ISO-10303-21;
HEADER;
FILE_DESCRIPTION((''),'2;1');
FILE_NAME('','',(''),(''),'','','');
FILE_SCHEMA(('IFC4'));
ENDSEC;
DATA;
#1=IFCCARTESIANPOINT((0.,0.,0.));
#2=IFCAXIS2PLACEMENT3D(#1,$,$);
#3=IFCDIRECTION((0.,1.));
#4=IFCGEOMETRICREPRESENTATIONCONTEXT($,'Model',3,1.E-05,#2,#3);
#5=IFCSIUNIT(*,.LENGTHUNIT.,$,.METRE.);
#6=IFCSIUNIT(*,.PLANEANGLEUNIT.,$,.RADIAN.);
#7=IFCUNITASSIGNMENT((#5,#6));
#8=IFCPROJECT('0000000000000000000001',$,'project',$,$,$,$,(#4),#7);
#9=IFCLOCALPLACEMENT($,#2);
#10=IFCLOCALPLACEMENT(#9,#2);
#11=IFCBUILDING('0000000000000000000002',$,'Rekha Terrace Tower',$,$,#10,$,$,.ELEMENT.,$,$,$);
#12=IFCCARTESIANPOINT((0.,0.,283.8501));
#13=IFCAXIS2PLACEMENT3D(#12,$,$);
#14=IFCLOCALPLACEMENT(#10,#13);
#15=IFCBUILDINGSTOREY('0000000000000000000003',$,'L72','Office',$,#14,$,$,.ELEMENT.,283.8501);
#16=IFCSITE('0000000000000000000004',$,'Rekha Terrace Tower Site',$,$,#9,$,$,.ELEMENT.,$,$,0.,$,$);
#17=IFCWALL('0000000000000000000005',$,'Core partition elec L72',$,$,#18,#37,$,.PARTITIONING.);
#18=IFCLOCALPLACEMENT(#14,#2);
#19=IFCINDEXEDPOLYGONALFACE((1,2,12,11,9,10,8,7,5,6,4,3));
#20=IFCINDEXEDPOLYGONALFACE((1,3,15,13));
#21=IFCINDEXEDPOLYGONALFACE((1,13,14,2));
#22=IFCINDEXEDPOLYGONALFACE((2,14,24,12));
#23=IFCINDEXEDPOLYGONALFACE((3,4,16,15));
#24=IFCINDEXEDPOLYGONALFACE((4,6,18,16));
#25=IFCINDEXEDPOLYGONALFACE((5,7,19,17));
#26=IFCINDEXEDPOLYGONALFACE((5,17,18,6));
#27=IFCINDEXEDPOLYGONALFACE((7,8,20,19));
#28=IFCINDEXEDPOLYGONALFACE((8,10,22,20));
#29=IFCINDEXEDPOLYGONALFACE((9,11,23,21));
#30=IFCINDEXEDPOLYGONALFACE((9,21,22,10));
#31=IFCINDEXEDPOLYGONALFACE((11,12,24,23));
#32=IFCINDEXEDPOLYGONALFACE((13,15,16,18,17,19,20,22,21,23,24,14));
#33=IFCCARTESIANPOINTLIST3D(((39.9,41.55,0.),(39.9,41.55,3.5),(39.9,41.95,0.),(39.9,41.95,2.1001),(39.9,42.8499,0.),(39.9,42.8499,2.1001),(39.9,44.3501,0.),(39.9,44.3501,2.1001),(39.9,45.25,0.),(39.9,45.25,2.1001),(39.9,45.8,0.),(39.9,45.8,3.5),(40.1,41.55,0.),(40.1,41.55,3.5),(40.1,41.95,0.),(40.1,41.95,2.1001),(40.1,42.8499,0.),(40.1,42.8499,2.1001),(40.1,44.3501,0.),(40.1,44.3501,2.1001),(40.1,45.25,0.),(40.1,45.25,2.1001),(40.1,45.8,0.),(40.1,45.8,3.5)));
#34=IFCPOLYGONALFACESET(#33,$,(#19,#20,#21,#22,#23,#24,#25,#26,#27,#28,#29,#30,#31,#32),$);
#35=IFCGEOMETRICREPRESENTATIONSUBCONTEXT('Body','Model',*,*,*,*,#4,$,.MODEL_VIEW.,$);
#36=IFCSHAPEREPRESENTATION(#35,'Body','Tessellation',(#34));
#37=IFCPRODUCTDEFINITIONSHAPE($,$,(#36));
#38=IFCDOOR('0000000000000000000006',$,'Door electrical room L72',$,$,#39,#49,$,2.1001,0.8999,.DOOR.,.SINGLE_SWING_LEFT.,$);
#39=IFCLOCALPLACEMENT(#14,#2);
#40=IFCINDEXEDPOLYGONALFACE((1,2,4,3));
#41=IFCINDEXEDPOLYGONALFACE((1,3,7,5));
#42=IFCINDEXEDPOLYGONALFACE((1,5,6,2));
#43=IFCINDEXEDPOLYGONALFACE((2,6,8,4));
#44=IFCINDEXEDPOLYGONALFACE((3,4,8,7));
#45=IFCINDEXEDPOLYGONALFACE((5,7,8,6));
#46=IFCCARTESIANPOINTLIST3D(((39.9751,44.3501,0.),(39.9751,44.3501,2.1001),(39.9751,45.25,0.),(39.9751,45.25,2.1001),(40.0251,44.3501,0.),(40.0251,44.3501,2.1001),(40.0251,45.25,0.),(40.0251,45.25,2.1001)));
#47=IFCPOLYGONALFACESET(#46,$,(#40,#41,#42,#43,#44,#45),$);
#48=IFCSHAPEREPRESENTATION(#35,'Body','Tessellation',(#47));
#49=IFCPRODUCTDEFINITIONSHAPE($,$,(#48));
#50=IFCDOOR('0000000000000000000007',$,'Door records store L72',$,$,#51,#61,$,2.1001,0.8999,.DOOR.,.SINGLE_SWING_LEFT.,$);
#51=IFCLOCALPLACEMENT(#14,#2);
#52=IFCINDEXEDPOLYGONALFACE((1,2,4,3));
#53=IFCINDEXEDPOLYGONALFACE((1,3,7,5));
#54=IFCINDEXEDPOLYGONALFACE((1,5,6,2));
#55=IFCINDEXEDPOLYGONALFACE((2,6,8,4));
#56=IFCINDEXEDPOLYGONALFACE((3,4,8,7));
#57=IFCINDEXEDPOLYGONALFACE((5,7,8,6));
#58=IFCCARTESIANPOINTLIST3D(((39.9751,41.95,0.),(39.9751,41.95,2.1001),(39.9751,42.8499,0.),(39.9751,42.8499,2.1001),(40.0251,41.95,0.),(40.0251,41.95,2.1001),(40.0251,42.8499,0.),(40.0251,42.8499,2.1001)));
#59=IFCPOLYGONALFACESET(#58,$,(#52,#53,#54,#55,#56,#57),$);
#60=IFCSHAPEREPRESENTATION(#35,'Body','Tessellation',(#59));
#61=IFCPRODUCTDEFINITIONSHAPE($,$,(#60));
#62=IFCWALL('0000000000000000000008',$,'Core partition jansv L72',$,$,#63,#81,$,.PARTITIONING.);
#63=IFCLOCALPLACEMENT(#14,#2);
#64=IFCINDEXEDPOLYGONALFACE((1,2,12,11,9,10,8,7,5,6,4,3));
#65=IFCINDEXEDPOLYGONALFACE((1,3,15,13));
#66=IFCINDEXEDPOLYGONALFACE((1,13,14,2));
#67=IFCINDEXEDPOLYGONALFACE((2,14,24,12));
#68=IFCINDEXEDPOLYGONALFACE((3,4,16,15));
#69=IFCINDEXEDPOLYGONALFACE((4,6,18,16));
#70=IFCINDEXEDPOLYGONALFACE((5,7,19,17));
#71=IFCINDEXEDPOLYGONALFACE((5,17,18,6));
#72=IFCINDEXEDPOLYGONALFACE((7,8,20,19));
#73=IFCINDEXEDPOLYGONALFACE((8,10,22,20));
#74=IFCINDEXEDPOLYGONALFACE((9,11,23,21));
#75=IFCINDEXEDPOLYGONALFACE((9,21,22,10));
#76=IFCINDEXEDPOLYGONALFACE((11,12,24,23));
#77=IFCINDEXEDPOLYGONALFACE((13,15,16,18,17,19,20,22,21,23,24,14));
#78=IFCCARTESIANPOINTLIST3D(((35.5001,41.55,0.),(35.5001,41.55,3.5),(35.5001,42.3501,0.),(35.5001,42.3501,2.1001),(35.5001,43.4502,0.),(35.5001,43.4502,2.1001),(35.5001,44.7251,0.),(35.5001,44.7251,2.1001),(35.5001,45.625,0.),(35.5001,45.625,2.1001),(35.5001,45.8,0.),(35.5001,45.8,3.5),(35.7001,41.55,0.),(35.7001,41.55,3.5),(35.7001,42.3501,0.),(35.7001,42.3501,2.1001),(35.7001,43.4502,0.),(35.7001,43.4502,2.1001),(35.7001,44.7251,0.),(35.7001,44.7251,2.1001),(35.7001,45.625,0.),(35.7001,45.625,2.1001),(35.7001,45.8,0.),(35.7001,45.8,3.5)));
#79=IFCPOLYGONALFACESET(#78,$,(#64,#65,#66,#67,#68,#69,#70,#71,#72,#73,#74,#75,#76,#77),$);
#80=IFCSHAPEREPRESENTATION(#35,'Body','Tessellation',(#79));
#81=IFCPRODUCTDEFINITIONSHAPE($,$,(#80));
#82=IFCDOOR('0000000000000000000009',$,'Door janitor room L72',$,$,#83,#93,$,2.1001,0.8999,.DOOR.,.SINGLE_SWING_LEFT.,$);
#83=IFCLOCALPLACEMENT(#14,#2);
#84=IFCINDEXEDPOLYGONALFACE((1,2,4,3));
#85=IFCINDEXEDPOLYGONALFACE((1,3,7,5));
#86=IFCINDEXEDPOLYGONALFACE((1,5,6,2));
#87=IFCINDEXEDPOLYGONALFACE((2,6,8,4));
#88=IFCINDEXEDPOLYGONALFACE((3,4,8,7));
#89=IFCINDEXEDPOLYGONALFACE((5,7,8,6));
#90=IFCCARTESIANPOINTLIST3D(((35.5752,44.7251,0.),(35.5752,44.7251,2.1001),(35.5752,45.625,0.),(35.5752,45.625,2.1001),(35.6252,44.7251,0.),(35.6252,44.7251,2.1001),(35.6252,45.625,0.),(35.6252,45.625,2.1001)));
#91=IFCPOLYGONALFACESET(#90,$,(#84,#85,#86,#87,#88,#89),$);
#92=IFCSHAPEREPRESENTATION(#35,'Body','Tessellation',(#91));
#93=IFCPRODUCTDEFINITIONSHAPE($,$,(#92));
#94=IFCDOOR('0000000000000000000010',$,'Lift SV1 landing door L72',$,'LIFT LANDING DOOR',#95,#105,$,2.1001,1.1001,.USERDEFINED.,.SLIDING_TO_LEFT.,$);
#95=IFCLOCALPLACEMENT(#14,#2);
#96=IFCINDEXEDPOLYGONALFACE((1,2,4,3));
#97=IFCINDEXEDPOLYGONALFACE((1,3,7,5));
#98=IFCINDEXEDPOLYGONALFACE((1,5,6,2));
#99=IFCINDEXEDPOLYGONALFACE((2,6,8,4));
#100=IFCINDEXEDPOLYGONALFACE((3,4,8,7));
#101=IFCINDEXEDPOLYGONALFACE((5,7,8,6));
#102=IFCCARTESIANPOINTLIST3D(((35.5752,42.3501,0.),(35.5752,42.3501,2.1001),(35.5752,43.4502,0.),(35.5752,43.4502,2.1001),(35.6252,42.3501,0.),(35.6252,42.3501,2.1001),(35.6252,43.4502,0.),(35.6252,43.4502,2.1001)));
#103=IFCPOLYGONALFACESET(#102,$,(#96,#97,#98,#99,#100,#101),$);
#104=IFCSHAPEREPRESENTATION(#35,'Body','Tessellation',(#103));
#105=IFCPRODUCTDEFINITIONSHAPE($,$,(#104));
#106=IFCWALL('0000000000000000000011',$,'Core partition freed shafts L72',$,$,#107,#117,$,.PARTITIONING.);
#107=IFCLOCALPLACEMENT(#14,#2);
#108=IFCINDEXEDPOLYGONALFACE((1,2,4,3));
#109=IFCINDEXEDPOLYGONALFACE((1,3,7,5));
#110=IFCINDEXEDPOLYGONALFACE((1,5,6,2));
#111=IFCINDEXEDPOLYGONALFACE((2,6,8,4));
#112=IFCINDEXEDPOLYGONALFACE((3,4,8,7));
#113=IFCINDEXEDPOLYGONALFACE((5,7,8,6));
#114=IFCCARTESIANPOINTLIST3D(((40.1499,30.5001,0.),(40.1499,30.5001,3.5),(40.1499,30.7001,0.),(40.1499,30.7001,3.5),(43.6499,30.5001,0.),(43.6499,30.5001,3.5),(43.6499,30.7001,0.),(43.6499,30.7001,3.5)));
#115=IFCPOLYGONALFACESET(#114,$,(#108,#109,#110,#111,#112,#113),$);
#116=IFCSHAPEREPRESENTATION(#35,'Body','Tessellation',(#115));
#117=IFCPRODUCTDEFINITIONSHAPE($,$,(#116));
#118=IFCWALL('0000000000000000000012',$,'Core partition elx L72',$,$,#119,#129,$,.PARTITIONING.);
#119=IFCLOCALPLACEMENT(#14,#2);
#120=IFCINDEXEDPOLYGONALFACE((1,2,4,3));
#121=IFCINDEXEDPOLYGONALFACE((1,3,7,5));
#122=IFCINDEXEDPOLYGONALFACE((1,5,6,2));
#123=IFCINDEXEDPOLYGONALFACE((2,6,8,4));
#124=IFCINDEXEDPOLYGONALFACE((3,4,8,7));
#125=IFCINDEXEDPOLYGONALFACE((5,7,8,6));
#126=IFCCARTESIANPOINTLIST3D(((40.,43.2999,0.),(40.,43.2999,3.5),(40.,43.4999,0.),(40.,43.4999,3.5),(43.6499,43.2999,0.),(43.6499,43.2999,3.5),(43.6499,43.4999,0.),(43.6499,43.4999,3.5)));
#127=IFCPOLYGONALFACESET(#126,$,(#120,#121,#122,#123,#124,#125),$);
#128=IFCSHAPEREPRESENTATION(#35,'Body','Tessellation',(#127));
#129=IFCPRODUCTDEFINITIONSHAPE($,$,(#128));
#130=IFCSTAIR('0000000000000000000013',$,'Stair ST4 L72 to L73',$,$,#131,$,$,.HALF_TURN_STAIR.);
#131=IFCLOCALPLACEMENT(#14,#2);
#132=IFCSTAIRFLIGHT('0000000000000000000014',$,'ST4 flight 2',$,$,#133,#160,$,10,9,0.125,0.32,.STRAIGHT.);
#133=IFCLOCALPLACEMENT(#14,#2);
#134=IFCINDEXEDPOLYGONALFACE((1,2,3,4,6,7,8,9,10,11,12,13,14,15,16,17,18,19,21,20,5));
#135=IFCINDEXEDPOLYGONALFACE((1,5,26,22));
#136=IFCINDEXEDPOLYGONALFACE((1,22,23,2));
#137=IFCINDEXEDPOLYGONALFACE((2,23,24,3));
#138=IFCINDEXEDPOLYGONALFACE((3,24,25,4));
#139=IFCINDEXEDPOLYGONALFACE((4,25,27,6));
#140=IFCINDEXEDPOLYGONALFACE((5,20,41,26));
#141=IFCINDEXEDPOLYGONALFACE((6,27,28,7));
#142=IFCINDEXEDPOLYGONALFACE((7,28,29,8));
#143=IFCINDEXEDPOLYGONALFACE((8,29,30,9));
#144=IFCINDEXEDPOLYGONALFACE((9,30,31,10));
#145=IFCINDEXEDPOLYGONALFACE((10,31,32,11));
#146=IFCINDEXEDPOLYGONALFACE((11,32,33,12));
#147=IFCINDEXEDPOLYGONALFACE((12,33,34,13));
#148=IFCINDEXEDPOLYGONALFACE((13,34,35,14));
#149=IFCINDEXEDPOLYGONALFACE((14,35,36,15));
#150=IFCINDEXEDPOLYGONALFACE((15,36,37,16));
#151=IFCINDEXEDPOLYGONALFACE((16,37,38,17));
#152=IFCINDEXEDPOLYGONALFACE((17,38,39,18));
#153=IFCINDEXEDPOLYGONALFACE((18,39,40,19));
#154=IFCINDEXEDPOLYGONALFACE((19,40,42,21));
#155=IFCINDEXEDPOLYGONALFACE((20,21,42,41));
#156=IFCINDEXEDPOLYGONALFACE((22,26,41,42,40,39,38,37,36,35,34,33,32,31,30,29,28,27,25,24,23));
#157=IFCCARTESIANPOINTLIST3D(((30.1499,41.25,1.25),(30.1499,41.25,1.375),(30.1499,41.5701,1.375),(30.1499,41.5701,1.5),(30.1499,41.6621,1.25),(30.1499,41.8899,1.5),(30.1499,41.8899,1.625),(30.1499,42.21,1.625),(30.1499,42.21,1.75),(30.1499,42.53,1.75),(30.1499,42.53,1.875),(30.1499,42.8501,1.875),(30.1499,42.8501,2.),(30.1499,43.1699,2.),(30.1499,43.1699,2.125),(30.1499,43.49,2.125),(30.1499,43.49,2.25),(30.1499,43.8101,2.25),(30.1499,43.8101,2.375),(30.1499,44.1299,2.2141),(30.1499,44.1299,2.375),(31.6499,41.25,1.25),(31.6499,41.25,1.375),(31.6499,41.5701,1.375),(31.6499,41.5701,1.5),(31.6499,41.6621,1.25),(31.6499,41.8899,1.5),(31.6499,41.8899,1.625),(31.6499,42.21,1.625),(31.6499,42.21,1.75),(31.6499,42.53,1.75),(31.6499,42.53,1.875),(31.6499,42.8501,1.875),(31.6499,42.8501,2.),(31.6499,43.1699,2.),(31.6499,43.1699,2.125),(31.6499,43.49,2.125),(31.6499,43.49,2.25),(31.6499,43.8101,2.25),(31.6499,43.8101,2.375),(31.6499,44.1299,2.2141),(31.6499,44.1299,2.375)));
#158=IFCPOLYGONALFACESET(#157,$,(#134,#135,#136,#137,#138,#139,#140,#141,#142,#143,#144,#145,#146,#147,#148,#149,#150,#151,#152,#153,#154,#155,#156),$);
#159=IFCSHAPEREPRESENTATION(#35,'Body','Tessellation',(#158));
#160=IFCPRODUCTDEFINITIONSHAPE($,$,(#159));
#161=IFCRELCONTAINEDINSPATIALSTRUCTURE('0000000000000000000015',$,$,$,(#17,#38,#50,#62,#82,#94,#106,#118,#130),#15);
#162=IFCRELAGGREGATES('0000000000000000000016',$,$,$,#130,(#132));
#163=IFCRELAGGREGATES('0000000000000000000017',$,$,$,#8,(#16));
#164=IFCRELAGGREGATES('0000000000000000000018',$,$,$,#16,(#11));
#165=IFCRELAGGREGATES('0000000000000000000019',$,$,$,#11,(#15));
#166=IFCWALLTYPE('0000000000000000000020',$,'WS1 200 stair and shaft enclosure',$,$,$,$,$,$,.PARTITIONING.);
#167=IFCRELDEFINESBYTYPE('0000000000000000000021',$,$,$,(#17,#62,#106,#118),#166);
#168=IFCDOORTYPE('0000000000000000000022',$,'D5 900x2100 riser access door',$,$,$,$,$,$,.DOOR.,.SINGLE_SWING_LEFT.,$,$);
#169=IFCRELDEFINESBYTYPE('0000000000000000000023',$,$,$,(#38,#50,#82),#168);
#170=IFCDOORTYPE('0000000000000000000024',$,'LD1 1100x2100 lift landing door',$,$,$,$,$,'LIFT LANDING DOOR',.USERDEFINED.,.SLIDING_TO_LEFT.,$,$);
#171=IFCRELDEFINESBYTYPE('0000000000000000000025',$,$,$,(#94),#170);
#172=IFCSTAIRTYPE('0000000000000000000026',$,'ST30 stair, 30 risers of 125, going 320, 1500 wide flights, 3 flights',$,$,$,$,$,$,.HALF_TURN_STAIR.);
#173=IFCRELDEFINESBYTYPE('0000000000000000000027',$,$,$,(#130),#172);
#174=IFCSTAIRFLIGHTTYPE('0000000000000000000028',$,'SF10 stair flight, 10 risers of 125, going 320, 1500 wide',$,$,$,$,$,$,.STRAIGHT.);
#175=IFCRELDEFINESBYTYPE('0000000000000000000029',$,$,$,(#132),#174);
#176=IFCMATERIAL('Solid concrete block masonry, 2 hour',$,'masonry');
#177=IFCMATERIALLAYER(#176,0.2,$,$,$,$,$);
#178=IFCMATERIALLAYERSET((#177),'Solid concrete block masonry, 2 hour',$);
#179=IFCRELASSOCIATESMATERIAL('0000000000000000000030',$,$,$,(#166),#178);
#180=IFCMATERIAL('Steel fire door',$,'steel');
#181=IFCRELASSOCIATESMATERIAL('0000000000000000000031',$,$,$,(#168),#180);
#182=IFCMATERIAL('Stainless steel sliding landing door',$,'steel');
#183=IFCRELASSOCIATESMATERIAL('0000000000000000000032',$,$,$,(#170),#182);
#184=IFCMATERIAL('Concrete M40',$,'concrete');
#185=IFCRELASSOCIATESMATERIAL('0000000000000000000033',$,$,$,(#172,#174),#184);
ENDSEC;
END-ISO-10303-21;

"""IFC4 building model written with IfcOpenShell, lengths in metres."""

from ifc_helpers import new_model, si_unit, direction, frame, frame_2d, origin, place, context, subcontext, project, spatial, polyline, rectangle, outline, extrude, material, layer, layer_set, type_object, element, fill, aggregate, save


model = new_model("IFC4")

# Units and contexts
model_context = context("Model", 3, precision=1e-05, world=origin(), true_north=direction((0.0, 1.0)))
body_context = subcontext(model_context, "Body", "Model", "MODEL_VIEW")
ifc_project = project(units=[si_unit("LENGTHUNIT", "METRE"), si_unit("PLANEANGLEUNIT", "RADIAN")], contexts=[model_context])

# Site, building, storey
site_placement = place(None, origin())
site = spatial("IfcSite", under=ifc_project, at=site_placement, Name="Rekha Terrace Tower Site", CompositionType="ELEMENT", RefElevation=0.0)
building_placement = place(site_placement, origin())
building = spatial("IfcBuilding", under=site, at=building_placement, Name="Rekha Terrace Tower", CompositionType="ELEMENT")
storey_placement = place(building_placement, frame((0.0, 0.0, 283.8501)))
storey = spatial("IfcBuildingStorey", under=building, at=storey_placement, Name="L72", Description="Office", CompositionType="ELEMENT", Elevation=283.8501)

# Shared definitions
ifc_material_1 = material(Name="Stainless steel sliding landing door", Category="steel")

# Shared definitions
ifc_material_2 = material(Name="Solid concrete block masonry, 2 hour", Category="masonry")
ifc_layer_1 = layer(ifc_material_2, 0.2)
ifc_layer_set_1 = layer_set([ifc_layer_1], Name="Solid concrete block masonry, 2 hour")
wall_type_1 = type_object("IfcWallType", Name="WS1 200 stair and shaft enclosure", PredefinedType="PARTITIONING", material=ifc_layer_set_1)

# Walls, openings, doors
wall_1_placement = place(storey_placement, frame((40.0, 41.55, 0.0), z_axis=(0.0, 0.0, 1.0), x_axis=(0.0, 1.0, 0.0)))
wall_1 = element("IfcWall", 1, at=wall_1_placement, inside=storey, type_object=wall_type_1, Name="Core partition elec L72", PredefinedType="PARTITIONING", context=body_context, shape_type="SweptSolid", body=[
    extrude(rectangle(XDim=4.25, YDim=0.2, at=frame_2d((2.125, 0.0))), origin(), (0.0, 0.0, 1.0), 3.5),
])
opening_1_placement = place(wall_1_placement, frame((2.8, 0.0, 0.0)))
opening_1 = element("IfcOpeningElement", 2, at=opening_1_placement, cuts=wall_1, PredefinedType="OPENING", context=body_context, shape_type="SweptSolid", body=[
    extrude(rectangle(XDim=0.8999, YDim=2.1001, at=frame_2d((0.45, 1.05))), frame((0.0, 0.1099, 0.0), z_axis=(0.0, -1.0, 0.0), x_axis=(1.0, 0.0, 0.0)), (0.0, 0.0, 1.0), 0.22),
])
opening_2_placement = place(wall_1_placement, frame((0.3999, 0.0, 0.0)))
opening_2 = element("IfcOpeningElement", 3, at=opening_2_placement, cuts=wall_1, PredefinedType="OPENING", context=body_context, shape_type="SweptSolid", body=[
    extrude(rectangle(XDim=0.8999, YDim=2.1001, at=frame_2d((0.45, 1.05))), frame((0.0, 0.1099, 0.0), z_axis=(0.0, -1.0, 0.0), x_axis=(1.0, 0.0, 0.0)), (0.0, 0.0, 1.0), 0.22),
])
ifc_material_3 = material(Name="Steel fire door", Category="steel")
door_type_1 = type_object("IfcDoorType", Name="D5 900x2100 riser access door", OperationType="SINGLE_SWING_LEFT", PredefinedType="DOOR", material=ifc_material_3)
door_1_placement = place(opening_1_placement, origin())
door_1 = element("IfcDoor", 4, at=door_1_placement, inside=storey, type_object=door_type_1, Name="Door electrical room L72", OperationType="SINGLE_SWING_LEFT", OverallHeight=2.1001, OverallWidth=0.8999, PredefinedType="DOOR", context=body_context, shape_type="SweptSolid", body=[
    extrude(rectangle(XDim=0.8999, YDim=2.1001, at=frame_2d((0.45, 1.05))), frame((0.0, 0.0249, 0.0), z_axis=(0.0, -1.0, 0.0), x_axis=(1.0, 0.0, 0.0)), (0.0, 0.0, 1.0), 0.05),
])
fill(opening_1, door_1)
door_2_placement = place(opening_2_placement, origin())
door_2 = element("IfcDoor", 5, at=door_2_placement, inside=storey, type_object=door_type_1, Name="Door records store L72", OperationType="SINGLE_SWING_LEFT", OverallHeight=2.1001, OverallWidth=0.8999, PredefinedType="DOOR", context=body_context, shape_type="SweptSolid", body=[
    extrude(rectangle(XDim=0.8999, YDim=2.1001, at=frame_2d((0.45, 1.05))), frame((0.0, 0.0249, 0.0), z_axis=(0.0, -1.0, 0.0), x_axis=(1.0, 0.0, 0.0)), (0.0, 0.0, 1.0), 0.05),
])
fill(opening_2, door_2)
wall_2_placement = place(storey_placement, frame((35.6001, 41.55, 0.0), z_axis=(0.0, 0.0, 1.0), x_axis=(0.0, 1.0, 0.0)))
wall_2 = element("IfcWall", 6, at=wall_2_placement, inside=storey, type_object=wall_type_1, Name="Core partition jansv L72", PredefinedType="PARTITIONING", context=body_context, shape_type="SweptSolid", body=[
    extrude(rectangle(XDim=4.25, YDim=0.2, at=frame_2d((2.125, 0.0))), origin(), (0.0, 0.0, 1.0), 3.5),
])
opening_3_placement = place(wall_2_placement, frame((3.175, 0.0, 0.0)))
opening_3 = element("IfcOpeningElement", 7, at=opening_3_placement, cuts=wall_2, PredefinedType="OPENING", context=body_context, shape_type="SweptSolid", body=[
    extrude(rectangle(XDim=0.8999, YDim=2.1001, at=frame_2d((0.45, 1.05))), frame((0.0, 0.1099, 0.0), z_axis=(0.0, -1.0, 0.0), x_axis=(1.0, 0.0, 0.0)), (0.0, 0.0, 1.0), 0.22),
])
opening_4_placement = place(wall_2_placement, frame((0.8, 0.0, 0.0)))
opening_4 = element("IfcOpeningElement", 8, at=opening_4_placement, cuts=wall_2, PredefinedType="OPENING", context=body_context, shape_type="SweptSolid", body=[
    extrude(rectangle(XDim=1.1001, YDim=2.1001, at=frame_2d((0.55, 1.05))), frame((0.0, 0.1099, 0.0), z_axis=(0.0, -1.0, 0.0), x_axis=(1.0, 0.0, 0.0)), (0.0, 0.0, 1.0), 0.22),
])
door_3_placement = place(opening_3_placement, origin())
door_3 = element("IfcDoor", 9, at=door_3_placement, inside=storey, type_object=door_type_1, Name="Door janitor room L72", OperationType="SINGLE_SWING_LEFT", OverallHeight=2.1001, OverallWidth=0.8999, PredefinedType="DOOR", context=body_context, shape_type="SweptSolid", body=[
    extrude(rectangle(XDim=0.8999, YDim=2.1001, at=frame_2d((0.45, 1.05))), frame((0.0, 0.0249, 0.0), z_axis=(0.0, -1.0, 0.0), x_axis=(1.0, 0.0, 0.0)), (0.0, 0.0, 1.0), 0.05),
])
fill(opening_3, door_3)
door_type_2 = type_object("IfcDoorType", Name="LD1 1100x2100 lift landing door", ElementType="LIFT LANDING DOOR", OperationType="SLIDING_TO_LEFT", PredefinedType="USERDEFINED", material=ifc_material_1)
door_4_placement = place(opening_4_placement, origin())
door_4 = element("IfcDoor", 10, at=door_4_placement, inside=storey, type_object=door_type_2, Name="Lift SV1 landing door L72", ObjectType="LIFT LANDING DOOR", OperationType="SLIDING_TO_LEFT", OverallHeight=2.1001, OverallWidth=1.1001, PredefinedType="USERDEFINED", context=body_context, shape_type="SweptSolid", body=[
    extrude(rectangle(XDim=1.1001, YDim=2.1001, at=frame_2d((0.55, 1.05))), frame((0.0, 0.0249, 0.0), z_axis=(0.0, -1.0, 0.0), x_axis=(1.0, 0.0, 0.0)), (0.0, 0.0, 1.0), 0.05),
])
fill(opening_4, door_4)

# Walls
wall_3_placement = place(storey_placement, frame((40.1499, 30.6001, 0.0), z_axis=(0.0, 0.0, 1.0), x_axis=(1.0, 0.0, 0.0)))
element("IfcWall", 11, at=wall_3_placement, inside=storey, type_object=wall_type_1, Name="Core partition freed shafts L72", PredefinedType="PARTITIONING", context=body_context, shape_type="SweptSolid", body=[
    extrude(rectangle(XDim=3.5, YDim=0.2, at=frame_2d((1.75, 0.0))), origin(), (0.0, 0.0, 1.0), 3.5),
])
wall_4_placement = place(storey_placement, frame((40.0, 43.3999, 0.0), z_axis=(0.0, 0.0, 1.0), x_axis=(1.0, 0.0, 0.0)))
element("IfcWall", 12, at=wall_4_placement, inside=storey, type_object=wall_type_1, Name="Core partition elx L72", PredefinedType="PARTITIONING", context=body_context, shape_type="SweptSolid", body=[
    extrude(rectangle(XDim=3.6499, YDim=0.2, at=frame_2d((1.825, 0.0))), origin(), (0.0, 0.0, 1.0), 3.5),
])

# Stair, stair flight
ifc_material_4 = material(Name="Concrete M40", Category="concrete")
stair_type = type_object("IfcStairType", Name="ST30 stair, 30 risers of 125, going 320, 1500 wide flights, 3 flights", PredefinedType="HALF_TURN_STAIR", material=ifc_material_4)
stair_placement = place(storey_placement, origin())
stair = element("IfcStair", 13, at=stair_placement, inside=storey, type_object=stair_type, Name="Stair ST4 L72 to L73", PredefinedType="HALF_TURN_STAIR")
stair_flight_type = type_object("IfcStairFlightType", Name="SF10 stair flight, 10 risers of 125, going 320, 1500 wide", PredefinedType="STRAIGHT", material=ifc_material_4)
stair_flight_placement = place(storey_placement, frame((30.8999, 41.25, 1.25), z_axis=(0.0, 0.0, 1.0), x_axis=(0.0, 1.0, 0.0)))
stair_flight = element("IfcStairFlight", 14, at=stair_flight_placement, type_object=stair_flight_type, Name="ST4 flight 2", NumberOfRisers=10, NumberOfTreads=9, PredefinedType="STRAIGHT", RiserHeight=0.125, TreadLength=0.32, context=body_context, shape_type="SweptSolid", body=[
    extrude(outline(polyline([(0.0, 0.0), (0.0, 0.125), (0.3201, 0.125), (0.3201, 0.25), (0.6399, 0.25), (0.6399, 0.375), (0.96, 0.375), (0.96, 0.5), (1.28, 0.5), (1.28, 0.625), (1.6001, 0.625), (1.6001, 0.75), (1.9199, 0.75), (1.9199, 0.875), (2.24, 0.875), (2.24, 1.0), (2.5601, 1.0), (2.5601, 1.125), (2.8799, 1.125), (2.8799, 1.25), (2.8799, 0.9641), (0.4121, 0.0), (0.0, 0.0)])), frame((0.0, 0.75, 0.0), z_axis=(0.0, -1.0, 0.0), x_axis=(1.0, 0.0, 0.0)), (0.0, 0.0, 1.0), 1.5),
])
aggregate(stair, [stair_flight])

save(model, "model.ifc")
